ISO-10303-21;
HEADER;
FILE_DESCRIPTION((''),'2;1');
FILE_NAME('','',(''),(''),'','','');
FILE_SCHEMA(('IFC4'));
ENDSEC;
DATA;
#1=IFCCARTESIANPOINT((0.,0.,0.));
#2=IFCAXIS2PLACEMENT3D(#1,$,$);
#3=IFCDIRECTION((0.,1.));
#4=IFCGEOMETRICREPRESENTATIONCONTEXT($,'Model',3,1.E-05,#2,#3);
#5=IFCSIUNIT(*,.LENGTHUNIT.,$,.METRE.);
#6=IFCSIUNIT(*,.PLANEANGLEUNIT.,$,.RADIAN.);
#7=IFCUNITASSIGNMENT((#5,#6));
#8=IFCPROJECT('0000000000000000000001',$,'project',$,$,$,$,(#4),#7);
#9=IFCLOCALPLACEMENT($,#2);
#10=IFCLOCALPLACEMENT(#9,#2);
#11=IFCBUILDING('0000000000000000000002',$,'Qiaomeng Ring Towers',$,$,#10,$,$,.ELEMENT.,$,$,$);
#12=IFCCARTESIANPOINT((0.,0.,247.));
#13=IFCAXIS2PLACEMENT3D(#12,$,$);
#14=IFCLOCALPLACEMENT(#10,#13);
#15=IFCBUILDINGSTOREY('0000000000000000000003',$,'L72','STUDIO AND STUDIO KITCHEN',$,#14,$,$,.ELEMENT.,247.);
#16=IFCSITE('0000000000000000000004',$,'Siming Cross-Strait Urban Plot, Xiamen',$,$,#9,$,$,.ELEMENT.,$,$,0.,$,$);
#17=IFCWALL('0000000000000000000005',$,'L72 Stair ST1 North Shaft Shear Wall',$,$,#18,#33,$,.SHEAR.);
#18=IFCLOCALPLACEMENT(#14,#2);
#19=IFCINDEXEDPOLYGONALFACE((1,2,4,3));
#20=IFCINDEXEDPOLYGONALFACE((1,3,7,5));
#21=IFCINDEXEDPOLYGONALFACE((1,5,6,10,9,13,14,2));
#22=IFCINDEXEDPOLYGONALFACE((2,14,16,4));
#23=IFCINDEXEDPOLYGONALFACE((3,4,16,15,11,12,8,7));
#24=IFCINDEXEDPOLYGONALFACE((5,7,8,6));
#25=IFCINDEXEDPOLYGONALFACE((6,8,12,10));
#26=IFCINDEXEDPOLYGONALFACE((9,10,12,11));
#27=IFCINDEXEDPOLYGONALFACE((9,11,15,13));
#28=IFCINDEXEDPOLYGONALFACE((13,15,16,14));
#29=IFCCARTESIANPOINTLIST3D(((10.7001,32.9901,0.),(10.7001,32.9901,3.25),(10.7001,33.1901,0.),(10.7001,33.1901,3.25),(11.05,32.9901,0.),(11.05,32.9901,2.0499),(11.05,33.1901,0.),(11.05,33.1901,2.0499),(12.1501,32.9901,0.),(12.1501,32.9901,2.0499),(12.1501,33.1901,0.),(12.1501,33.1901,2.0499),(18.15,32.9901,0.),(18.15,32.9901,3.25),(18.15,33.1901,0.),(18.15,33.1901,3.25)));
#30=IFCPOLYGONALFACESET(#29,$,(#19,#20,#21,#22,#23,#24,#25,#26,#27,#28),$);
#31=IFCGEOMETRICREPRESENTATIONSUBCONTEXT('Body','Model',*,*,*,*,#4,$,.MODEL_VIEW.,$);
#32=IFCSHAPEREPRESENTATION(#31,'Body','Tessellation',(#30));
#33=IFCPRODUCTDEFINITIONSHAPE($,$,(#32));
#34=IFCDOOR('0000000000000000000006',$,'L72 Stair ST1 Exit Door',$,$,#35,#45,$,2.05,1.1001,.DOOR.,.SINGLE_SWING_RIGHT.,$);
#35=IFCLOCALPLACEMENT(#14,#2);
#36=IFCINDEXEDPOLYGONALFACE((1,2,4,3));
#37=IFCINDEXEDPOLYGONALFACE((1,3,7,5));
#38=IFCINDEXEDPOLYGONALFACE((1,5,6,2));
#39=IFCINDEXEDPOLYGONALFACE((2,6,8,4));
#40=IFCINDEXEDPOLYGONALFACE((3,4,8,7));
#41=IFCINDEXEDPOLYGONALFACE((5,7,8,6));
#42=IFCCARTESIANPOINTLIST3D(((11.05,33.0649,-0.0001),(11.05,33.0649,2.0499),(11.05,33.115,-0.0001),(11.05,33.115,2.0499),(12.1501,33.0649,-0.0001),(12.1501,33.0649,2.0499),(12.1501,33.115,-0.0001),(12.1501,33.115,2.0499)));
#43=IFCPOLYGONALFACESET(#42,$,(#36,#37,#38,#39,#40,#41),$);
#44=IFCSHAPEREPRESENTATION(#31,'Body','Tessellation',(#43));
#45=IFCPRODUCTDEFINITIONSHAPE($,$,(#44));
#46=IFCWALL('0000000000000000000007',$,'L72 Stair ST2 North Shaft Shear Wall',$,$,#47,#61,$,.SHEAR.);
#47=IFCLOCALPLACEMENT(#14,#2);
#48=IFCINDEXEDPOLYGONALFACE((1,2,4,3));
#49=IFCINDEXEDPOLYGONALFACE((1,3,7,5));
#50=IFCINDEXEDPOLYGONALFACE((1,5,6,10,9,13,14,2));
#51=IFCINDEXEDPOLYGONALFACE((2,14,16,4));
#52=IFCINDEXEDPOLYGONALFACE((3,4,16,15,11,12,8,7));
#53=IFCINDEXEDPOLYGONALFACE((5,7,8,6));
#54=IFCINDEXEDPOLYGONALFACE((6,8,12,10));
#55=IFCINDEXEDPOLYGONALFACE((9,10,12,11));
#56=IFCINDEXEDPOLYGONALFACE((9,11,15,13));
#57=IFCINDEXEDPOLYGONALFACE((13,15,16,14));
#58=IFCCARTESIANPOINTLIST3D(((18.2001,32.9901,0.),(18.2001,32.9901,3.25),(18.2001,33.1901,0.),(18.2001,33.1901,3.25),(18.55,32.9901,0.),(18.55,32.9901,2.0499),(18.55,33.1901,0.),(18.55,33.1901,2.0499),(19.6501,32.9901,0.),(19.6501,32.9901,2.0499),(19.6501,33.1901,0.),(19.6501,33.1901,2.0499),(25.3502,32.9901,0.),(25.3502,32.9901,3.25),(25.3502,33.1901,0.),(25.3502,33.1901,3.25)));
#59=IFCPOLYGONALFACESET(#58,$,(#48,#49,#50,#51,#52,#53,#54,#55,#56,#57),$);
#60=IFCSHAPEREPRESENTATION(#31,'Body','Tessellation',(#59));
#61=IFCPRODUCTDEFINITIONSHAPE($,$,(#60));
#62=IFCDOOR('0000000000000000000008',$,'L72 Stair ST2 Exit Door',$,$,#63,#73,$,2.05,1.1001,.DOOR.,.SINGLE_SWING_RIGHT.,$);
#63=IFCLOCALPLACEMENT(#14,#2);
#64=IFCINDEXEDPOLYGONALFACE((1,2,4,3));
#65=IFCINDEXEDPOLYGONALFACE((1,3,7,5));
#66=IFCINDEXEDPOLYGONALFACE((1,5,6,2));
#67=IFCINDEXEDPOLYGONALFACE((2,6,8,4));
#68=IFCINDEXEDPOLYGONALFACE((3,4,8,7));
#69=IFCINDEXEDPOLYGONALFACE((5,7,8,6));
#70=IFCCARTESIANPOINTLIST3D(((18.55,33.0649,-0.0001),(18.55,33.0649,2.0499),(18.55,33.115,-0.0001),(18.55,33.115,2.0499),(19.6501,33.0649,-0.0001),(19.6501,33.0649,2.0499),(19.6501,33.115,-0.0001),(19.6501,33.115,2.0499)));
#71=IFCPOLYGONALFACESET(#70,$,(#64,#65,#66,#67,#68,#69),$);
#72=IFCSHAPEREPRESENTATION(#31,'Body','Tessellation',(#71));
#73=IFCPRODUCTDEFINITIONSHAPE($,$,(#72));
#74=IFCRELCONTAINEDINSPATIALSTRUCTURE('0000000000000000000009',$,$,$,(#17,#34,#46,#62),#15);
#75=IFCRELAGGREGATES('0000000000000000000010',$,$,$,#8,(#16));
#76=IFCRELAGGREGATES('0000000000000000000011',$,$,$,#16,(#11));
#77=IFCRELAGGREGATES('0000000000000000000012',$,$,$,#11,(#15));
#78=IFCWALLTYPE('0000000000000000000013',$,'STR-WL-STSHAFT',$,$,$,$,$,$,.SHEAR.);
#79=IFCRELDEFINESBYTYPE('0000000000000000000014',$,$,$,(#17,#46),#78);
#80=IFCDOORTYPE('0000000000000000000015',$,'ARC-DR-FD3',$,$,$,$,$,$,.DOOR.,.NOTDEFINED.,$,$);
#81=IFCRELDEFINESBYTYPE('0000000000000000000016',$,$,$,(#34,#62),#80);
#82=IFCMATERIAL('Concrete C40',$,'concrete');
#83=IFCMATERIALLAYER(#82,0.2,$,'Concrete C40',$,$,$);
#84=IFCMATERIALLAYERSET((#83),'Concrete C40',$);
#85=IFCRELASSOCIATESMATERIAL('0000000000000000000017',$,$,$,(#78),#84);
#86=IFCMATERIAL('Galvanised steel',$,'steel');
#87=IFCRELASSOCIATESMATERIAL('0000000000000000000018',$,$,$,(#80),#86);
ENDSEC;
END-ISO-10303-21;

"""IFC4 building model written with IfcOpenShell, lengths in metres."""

from ifc_helpers import new_model, si_unit, direction, frame, frame_2d, origin, place, context, subcontext, project, spatial, rectangle, extrude, source, transform, mapped, material, layer, layer_set, type_object, element, fill, save


model = new_model("IFC4")

# Units and contexts
model_context = context("Model", 3, precision=1e-05, world=origin(), true_north=direction((0.0, 1.0)))
body_context = subcontext(model_context, "Body", "Model", "MODEL_VIEW")
ifc_project = project(units=[si_unit("LENGTHUNIT", "METRE"), si_unit("PLANEANGLEUNIT", "RADIAN")], contexts=[model_context])

# Site, building, storey
site_placement = place(None, origin())
site = spatial("IfcSite", under=ifc_project, at=site_placement, Name="Siming Cross-Strait Urban Plot, Xiamen", CompositionType="ELEMENT", RefElevation=0.0)
building_placement = place(site_placement, origin())
building = spatial("IfcBuilding", under=site, at=building_placement, Name="Qiaomeng Ring Towers", CompositionType="ELEMENT")
storey_placement = place(building_placement, frame((0.0, 0.0, 247.0)))
storey = spatial("IfcBuildingStorey", under=building, at=storey_placement, Name="L72", Description="STUDIO AND STUDIO KITCHEN", CompositionType="ELEMENT", Elevation=247.0)

# Shared definitions
ifc_material_1 = material(Name="Concrete C40", Category="concrete")
ifc_layer_1 = layer(ifc_material_1, 0.2, Name="Concrete C40")
ifc_layer_set_1 = layer_set([ifc_layer_1], Name="Concrete C40")
wall_type_1 = type_object("IfcWallType", Name="STR-WL-STSHAFT", PredefinedType="SHEAR", material=ifc_layer_set_1)

# Walls, openings, doors
wall_1_placement = place(storey_placement, frame((10.7, 33.0901, 0.0), z_axis=(0.0, 0.0, 1.0), x_axis=(1.0, 0.0, 0.0)))
wall_1 = element("IfcWall", 1, at=wall_1_placement, inside=storey, type_object=wall_type_1, Name="L72 Stair ST1 North Shaft Shear Wall", PredefinedType="SHEAR", context=body_context, shape_type="SweptSolid", body=[
    extrude(rectangle(XDim=7.45, YDim=0.2, at=frame_2d((3.7251, 0.0))), origin(), (0.0, 0.0, 1.0), 3.25),
])
opening_1_placement = place(wall_1_placement, frame((0.3501, 0.0, 0.0)))
opening_1 = element("IfcOpeningElement", 2, at=opening_1_placement, cuts=wall_1, PredefinedType="OPENING", context=body_context, shape_type="SweptSolid", body=[
    extrude(rectangle(XDim=1.1001, YDim=2.05, at=frame_2d((0.55, 1.0249))), frame((0.0, 0.1099, 0.0), z_axis=(0.0, -1.0, 0.0), x_axis=(1.0, 0.0, 0.0)), (0.0, 0.0, 1.0), 0.22),
])
ifc_material_2 = material(Name="Galvanised steel", Category="steel")
door_type_1 = type_object("IfcDoorType", Name="ARC-DR-FD3", OperationType="NOTDEFINED", PredefinedType="DOOR", material=ifc_material_2)
shared_shape_1 = source(origin(), body_context, "Body", "SweptSolid", [
    extrude(rectangle(XDim=1.1001, YDim=2.05, at=frame_2d((0.55, 1.0249))), frame((0.0, 0.0249, 0.0), z_axis=(0.0, -1.0, 0.0), x_axis=(1.0, 0.0, 0.0)), (0.0, 0.0, 1.0), 0.05),
])
door_1_placement = place(opening_1_placement, origin())
door_1 = element("IfcDoor", 3, at=door_1_placement, inside=storey, type_object=door_type_1, Name="L72 Stair ST1 Exit Door", OperationType="SINGLE_SWING_RIGHT", OverallHeight=2.05, OverallWidth=1.1001, PredefinedType="DOOR", context=body_context, shape_type="MappedRepresentation", body=[
    mapped(shared_shape_1, transform((0.0, 0.0, 0.0), x_axis=(1.0, 0.0, 0.0), y_axis=(0.0, 1.0, 0.0), z_axis=(0.0, 0.0, 1.0), scale=1.0)),
])
fill(opening_1, door_1)
wall_2_placement = place(storey_placement, frame((18.2, 33.0901, 0.0), z_axis=(0.0, 0.0, 1.0), x_axis=(1.0, 0.0, 0.0)))
wall_2 = element("IfcWall", 4, at=wall_2_placement, inside=storey, type_object=wall_type_1, Name="L72 Stair ST2 North Shaft Shear Wall", PredefinedType="SHEAR", context=body_context, shape_type="SweptSolid", body=[
    extrude(rectangle(XDim=7.1501, YDim=0.2, at=frame_2d((3.5752, 0.0))), origin(), (0.0, 0.0, 1.0), 3.25),
])
opening_2_placement = place(wall_2_placement, frame((0.3501, 0.0, 0.0)))
opening_2 = element("IfcOpeningElement", 5, at=opening_2_placement, cuts=wall_2, PredefinedType="OPENING", context=body_context, shape_type="SweptSolid", body=[
    extrude(rectangle(XDim=1.1001, YDim=2.05, at=frame_2d((0.55, 1.0249))), frame((0.0, 0.1099, 0.0), z_axis=(0.0, -1.0, 0.0), x_axis=(1.0, 0.0, 0.0)), (0.0, 0.0, 1.0), 0.22),
])
door_2_placement = place(opening_2_placement, origin())
door_2 = element("IfcDoor", 6, at=door_2_placement, inside=storey, type_object=door_type_1, Name="L72 Stair ST2 Exit Door", OperationType="SINGLE_SWING_RIGHT", OverallHeight=2.05, OverallWidth=1.1001, PredefinedType="DOOR", context=body_context, shape_type="MappedRepresentation", body=[
    mapped(shared_shape_1, transform((0.0, 0.0, 0.0), x_axis=(1.0, 0.0, 0.0), y_axis=(0.0, 1.0, 0.0), z_axis=(0.0, 0.0, 1.0), scale=1.0)),
])
fill(opening_2, door_2)

save(model, "model.ifc")
